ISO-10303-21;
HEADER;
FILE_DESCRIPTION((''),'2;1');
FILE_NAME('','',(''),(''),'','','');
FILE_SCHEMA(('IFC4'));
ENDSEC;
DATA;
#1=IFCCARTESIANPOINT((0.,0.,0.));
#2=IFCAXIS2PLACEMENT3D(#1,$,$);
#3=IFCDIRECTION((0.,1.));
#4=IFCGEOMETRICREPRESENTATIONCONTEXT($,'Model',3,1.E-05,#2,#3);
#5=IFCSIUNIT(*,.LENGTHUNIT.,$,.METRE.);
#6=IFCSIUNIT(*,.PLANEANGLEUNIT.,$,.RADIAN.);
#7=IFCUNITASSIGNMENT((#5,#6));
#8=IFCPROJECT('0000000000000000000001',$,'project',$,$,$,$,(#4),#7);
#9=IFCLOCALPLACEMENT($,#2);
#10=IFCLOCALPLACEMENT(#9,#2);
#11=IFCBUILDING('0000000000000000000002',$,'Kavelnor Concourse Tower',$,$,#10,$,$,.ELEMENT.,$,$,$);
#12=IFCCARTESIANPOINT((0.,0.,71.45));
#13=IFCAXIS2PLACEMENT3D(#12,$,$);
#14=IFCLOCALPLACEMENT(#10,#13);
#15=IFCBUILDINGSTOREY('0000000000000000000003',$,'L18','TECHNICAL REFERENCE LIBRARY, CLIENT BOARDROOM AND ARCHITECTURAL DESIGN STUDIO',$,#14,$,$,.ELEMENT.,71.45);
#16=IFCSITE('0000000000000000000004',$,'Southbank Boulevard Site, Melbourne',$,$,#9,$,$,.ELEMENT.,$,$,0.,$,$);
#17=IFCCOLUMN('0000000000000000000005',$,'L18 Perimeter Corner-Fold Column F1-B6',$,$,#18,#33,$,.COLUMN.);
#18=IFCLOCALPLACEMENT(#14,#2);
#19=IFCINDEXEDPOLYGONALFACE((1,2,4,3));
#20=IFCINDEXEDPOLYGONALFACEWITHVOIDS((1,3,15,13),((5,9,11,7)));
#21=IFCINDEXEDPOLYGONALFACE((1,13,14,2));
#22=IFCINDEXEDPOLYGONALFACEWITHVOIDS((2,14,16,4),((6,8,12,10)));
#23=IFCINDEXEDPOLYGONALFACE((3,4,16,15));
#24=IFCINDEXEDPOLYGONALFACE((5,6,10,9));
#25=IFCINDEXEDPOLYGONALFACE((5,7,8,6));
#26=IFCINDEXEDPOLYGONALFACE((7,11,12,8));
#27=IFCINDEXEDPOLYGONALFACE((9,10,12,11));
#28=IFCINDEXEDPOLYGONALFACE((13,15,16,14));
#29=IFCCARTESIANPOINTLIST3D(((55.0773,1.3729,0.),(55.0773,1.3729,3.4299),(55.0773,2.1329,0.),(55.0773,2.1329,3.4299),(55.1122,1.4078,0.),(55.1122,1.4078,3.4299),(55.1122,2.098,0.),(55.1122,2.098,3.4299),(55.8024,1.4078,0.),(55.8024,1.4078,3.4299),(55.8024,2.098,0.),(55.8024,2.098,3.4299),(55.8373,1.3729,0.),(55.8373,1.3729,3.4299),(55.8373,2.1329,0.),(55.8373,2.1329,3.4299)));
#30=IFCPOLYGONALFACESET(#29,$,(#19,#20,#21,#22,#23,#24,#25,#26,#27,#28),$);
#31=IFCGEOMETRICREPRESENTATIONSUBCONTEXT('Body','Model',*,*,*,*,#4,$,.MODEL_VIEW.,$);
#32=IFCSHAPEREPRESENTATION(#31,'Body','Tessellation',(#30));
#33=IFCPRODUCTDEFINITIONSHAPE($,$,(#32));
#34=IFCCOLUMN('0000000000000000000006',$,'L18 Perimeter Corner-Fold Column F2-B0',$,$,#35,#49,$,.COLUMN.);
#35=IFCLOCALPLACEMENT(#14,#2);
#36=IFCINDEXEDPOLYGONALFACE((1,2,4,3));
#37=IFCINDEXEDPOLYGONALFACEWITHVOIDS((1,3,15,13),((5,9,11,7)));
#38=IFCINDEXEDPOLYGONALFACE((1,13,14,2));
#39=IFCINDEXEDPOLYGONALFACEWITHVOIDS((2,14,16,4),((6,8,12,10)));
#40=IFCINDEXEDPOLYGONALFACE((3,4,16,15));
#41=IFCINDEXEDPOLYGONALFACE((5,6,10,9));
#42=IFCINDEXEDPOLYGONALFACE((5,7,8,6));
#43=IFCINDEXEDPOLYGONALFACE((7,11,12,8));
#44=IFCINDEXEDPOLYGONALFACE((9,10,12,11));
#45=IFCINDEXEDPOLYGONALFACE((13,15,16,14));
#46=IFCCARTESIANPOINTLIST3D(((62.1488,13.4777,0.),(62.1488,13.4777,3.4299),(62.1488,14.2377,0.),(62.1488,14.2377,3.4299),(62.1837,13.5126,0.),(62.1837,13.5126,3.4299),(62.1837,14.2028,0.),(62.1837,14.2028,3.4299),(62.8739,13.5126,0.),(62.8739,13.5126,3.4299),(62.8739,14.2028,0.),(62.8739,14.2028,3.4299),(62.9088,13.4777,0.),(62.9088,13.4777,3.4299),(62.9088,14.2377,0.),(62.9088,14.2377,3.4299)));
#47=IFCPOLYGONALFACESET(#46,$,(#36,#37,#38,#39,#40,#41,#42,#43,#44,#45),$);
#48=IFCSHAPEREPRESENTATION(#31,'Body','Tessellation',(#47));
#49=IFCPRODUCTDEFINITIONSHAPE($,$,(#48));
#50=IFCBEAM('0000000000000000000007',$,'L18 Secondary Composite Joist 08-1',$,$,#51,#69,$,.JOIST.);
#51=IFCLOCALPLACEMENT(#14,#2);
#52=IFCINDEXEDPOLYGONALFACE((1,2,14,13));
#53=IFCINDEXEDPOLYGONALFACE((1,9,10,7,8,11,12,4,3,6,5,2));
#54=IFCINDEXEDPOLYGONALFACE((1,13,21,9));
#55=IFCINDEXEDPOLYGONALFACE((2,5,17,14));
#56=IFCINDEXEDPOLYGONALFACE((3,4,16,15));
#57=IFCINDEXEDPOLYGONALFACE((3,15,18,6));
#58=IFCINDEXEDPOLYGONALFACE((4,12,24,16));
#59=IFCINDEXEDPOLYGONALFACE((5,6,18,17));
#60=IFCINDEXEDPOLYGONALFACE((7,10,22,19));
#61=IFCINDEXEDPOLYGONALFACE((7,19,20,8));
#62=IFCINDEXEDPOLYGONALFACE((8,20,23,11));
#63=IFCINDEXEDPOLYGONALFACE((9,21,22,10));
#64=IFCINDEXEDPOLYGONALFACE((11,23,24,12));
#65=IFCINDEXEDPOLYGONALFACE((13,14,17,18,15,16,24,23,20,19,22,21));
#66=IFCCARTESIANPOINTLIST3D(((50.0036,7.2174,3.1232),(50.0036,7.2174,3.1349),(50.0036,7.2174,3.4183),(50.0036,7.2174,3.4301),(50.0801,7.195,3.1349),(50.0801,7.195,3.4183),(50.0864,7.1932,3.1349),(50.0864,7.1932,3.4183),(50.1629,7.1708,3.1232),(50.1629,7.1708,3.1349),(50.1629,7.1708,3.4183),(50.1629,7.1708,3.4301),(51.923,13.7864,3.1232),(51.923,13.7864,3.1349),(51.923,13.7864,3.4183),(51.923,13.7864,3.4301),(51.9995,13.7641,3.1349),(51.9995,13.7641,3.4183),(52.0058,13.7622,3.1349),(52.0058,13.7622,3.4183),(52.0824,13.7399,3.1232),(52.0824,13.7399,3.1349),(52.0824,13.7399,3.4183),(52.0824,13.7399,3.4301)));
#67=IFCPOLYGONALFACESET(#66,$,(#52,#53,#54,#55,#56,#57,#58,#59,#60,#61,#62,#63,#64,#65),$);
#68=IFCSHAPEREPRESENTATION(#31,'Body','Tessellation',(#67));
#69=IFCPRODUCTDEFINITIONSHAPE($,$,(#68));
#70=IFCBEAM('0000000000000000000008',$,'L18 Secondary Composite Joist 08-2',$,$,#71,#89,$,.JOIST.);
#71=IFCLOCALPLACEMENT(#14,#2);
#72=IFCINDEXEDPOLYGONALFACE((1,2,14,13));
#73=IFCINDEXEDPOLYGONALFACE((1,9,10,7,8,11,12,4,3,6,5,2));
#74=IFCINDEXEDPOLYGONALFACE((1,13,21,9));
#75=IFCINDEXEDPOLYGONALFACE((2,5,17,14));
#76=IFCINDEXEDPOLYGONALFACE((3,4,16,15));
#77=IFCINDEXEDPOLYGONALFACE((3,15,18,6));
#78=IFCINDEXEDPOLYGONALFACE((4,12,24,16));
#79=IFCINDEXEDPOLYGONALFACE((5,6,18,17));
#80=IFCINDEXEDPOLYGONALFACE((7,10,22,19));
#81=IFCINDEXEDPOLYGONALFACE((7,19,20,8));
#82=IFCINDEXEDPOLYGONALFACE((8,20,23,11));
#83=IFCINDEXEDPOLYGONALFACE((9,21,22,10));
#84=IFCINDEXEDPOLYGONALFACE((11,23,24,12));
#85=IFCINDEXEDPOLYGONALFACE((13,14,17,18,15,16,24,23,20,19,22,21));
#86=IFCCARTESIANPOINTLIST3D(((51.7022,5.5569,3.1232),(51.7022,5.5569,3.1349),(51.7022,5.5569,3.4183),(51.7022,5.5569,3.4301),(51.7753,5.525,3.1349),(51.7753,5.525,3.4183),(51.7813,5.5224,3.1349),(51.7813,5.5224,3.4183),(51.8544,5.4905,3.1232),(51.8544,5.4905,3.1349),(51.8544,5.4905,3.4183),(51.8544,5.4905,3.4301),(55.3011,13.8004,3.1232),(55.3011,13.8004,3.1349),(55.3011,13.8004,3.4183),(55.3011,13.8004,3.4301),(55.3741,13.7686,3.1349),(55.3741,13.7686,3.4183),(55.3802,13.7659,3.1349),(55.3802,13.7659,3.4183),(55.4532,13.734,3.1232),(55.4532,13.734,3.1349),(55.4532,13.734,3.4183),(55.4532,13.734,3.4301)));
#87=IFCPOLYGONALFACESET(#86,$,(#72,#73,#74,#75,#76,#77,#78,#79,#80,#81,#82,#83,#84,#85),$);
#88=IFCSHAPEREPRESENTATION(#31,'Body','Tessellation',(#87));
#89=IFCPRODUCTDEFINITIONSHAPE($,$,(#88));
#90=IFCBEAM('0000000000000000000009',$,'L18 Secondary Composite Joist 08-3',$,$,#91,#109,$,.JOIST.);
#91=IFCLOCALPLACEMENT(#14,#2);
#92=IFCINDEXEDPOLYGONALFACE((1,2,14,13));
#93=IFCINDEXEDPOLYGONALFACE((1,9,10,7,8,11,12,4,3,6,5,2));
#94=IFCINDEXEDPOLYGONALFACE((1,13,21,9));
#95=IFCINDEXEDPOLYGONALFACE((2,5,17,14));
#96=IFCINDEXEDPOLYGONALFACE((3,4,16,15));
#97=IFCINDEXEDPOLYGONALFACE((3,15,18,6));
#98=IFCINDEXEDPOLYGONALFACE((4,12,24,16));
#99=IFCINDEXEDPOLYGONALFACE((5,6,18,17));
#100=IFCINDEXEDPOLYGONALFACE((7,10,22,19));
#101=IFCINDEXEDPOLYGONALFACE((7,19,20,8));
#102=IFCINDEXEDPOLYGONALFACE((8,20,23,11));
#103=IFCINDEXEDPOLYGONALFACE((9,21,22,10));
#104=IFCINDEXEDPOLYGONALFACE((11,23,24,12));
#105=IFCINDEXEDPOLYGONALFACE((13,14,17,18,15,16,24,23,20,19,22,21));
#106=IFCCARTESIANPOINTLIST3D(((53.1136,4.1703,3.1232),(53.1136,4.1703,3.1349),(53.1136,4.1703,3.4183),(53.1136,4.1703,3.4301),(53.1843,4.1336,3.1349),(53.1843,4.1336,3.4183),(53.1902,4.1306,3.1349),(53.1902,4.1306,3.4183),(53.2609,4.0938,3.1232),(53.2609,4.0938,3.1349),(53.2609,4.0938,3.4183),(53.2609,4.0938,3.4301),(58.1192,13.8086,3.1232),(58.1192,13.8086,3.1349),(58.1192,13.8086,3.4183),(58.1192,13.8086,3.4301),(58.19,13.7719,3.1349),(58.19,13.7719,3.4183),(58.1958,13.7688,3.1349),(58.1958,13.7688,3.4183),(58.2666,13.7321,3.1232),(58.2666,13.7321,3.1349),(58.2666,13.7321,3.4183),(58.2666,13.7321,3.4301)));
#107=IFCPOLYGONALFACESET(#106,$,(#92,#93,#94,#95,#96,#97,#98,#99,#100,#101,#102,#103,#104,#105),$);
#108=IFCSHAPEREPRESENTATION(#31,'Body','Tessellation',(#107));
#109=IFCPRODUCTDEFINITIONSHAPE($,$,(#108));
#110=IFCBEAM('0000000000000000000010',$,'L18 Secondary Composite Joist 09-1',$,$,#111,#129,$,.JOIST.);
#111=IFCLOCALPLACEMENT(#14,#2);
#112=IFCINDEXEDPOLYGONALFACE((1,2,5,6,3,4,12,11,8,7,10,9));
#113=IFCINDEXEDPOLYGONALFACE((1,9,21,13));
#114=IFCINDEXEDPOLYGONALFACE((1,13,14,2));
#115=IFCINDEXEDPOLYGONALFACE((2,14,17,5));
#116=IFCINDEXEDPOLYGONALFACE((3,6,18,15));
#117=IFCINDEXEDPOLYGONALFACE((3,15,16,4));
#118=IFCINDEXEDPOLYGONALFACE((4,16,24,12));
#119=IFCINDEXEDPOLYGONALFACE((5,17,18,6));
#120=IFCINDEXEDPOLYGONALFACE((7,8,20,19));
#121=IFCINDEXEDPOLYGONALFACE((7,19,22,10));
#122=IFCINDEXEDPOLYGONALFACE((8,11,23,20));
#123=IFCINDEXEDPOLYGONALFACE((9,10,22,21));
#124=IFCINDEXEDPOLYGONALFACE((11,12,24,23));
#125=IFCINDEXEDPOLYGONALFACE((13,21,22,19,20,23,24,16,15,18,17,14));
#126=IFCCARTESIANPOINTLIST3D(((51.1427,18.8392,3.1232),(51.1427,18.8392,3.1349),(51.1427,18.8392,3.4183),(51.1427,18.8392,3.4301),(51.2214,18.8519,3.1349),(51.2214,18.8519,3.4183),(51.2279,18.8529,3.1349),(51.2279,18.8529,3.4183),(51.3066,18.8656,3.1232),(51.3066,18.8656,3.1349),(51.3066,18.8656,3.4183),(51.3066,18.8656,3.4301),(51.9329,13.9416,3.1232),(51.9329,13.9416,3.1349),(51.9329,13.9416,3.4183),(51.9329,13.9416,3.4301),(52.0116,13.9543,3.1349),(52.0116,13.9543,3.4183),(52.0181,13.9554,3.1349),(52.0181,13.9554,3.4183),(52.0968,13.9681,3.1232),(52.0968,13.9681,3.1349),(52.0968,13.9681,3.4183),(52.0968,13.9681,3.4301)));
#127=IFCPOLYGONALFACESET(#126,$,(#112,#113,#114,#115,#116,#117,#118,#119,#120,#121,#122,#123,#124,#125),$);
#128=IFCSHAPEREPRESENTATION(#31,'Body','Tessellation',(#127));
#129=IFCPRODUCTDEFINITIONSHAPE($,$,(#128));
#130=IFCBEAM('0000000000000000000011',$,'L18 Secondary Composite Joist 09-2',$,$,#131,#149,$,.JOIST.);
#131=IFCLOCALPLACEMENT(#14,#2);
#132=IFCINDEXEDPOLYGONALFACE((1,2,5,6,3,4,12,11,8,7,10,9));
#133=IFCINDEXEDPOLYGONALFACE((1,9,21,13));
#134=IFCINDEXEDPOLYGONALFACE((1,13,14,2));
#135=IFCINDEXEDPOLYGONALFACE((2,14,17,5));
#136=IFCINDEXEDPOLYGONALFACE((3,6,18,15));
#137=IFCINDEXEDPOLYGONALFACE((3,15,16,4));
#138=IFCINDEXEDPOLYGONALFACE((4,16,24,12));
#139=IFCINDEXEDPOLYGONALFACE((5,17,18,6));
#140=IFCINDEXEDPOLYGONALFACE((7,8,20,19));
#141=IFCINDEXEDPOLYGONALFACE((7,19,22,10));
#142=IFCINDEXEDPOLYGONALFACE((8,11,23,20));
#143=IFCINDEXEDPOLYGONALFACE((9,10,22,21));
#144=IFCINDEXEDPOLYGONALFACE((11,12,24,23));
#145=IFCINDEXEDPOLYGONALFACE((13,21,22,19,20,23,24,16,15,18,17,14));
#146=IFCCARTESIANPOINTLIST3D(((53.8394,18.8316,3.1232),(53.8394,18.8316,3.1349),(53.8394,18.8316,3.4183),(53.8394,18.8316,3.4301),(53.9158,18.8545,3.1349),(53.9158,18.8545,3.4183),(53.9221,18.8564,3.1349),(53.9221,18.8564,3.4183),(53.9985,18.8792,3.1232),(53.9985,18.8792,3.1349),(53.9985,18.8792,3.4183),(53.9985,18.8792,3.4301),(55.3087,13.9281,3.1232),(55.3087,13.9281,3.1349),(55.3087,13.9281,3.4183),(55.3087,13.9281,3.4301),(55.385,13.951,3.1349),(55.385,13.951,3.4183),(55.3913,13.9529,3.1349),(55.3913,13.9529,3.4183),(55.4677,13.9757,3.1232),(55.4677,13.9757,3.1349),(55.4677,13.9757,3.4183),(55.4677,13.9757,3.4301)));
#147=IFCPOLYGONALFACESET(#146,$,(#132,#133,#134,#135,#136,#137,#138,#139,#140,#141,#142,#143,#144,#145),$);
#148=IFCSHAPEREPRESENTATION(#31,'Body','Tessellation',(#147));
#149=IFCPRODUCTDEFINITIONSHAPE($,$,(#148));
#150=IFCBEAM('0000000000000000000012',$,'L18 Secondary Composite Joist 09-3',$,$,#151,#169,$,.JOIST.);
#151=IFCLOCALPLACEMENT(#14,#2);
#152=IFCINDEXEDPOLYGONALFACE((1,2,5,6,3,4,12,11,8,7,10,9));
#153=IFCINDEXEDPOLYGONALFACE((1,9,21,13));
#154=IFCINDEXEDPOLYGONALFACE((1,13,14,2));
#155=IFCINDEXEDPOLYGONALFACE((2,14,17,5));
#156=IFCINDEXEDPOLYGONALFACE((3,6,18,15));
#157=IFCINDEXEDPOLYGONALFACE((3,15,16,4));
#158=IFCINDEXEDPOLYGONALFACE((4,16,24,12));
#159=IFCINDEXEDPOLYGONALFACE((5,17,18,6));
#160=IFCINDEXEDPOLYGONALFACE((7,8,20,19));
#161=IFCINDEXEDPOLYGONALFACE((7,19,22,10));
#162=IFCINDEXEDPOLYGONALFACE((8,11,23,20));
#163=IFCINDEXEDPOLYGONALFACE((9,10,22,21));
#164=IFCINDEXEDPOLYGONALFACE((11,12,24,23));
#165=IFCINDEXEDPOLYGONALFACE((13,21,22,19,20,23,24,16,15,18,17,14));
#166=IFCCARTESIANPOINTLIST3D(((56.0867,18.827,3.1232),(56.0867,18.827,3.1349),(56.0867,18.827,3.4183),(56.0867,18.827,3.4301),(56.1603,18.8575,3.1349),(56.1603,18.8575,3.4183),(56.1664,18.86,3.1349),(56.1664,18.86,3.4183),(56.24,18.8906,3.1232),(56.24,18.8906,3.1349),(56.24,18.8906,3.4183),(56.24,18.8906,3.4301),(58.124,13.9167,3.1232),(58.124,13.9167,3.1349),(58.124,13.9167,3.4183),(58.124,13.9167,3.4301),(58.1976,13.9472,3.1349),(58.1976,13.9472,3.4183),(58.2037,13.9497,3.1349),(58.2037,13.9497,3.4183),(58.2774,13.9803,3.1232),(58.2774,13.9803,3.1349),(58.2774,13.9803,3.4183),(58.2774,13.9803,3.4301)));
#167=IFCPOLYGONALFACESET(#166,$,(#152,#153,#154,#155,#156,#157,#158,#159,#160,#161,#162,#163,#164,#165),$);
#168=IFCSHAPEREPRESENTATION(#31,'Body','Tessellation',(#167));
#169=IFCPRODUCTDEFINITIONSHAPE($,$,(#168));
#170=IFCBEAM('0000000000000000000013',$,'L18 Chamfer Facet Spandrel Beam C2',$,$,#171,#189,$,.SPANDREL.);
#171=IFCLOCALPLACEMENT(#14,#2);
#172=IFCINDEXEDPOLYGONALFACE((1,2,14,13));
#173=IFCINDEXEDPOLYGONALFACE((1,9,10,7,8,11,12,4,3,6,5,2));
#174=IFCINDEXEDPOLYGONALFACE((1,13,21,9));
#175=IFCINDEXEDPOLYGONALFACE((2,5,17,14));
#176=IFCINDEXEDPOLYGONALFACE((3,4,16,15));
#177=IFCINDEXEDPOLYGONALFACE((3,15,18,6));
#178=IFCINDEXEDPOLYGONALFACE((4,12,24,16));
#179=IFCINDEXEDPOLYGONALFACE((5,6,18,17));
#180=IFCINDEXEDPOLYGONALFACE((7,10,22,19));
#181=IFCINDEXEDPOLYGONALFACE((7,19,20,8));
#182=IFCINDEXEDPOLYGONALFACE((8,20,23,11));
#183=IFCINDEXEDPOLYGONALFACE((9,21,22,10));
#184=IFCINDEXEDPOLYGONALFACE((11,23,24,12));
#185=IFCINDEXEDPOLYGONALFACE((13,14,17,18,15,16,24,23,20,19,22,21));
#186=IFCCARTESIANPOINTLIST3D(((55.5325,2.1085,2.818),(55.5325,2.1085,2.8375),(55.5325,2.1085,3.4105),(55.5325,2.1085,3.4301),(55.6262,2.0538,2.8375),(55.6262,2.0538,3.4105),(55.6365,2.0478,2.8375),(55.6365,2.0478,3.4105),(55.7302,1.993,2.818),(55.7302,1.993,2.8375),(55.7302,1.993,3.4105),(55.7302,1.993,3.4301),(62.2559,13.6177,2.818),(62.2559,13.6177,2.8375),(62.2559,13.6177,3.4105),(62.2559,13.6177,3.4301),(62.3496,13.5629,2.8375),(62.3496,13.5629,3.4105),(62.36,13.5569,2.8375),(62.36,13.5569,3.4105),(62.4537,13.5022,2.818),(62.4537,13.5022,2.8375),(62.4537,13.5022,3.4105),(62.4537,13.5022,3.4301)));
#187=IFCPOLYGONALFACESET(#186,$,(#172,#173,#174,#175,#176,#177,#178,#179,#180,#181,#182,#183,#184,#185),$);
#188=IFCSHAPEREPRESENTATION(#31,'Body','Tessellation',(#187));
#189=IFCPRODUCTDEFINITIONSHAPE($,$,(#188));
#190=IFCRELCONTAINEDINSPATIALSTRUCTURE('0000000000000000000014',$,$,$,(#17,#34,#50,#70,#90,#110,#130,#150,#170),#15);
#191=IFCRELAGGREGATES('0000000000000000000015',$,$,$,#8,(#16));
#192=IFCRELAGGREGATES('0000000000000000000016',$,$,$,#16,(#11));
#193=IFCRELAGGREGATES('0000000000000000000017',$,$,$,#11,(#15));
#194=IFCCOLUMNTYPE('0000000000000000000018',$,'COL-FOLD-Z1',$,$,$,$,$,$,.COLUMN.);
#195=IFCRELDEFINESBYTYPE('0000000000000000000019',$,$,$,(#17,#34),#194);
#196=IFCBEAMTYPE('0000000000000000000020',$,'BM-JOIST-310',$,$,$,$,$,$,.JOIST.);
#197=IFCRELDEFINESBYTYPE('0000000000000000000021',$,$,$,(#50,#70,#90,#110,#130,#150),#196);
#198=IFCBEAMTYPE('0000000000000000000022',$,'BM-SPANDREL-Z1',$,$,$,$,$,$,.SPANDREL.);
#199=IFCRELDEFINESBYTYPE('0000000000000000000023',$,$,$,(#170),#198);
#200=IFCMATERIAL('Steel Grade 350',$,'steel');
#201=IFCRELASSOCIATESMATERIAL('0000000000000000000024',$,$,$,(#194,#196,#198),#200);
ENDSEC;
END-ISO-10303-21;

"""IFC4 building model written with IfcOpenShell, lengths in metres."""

from ifc_helpers import new_model, si_unit, direction, frame, origin, origin_2d, place, context, subcontext, project, spatial, hollow_rectangle, i_section, extrude, material, material_profile, profile_set, type_object, element, save


model = new_model("IFC4")

# Units and contexts
model_context = context("Model", 3, precision=1e-05, world=origin(), true_north=direction((0.0, 1.0)))
body_context = subcontext(model_context, "Body", "Model", "MODEL_VIEW")
ifc_project = project(units=[si_unit("LENGTHUNIT", "METRE"), si_unit("PLANEANGLEUNIT", "RADIAN")], contexts=[model_context])

# Site, building, storey
site_placement = place(None, origin())
site = spatial("IfcSite", under=ifc_project, at=site_placement, Name="Southbank Boulevard Site, Melbourne", CompositionType="ELEMENT", RefElevation=0.0)
building_placement = place(site_placement, origin())
building = spatial("IfcBuilding", under=site, at=building_placement, Name="Kavelnor Concourse Tower", CompositionType="ELEMENT")
storey_placement = place(building_placement, frame((0.0, 0.0, 71.45)))
storey = spatial("IfcBuildingStorey", under=building, at=storey_placement, Name="L18", Description="TECHNICAL REFERENCE LIBRARY, CLIENT BOARDROOM AND ARCHITECTURAL DESIGN STUDIO", CompositionType="ELEMENT", Elevation=71.45)

# Columns
ifc_material_1 = material(Name="Steel Grade 350", Category="steel")
ifc_material_profile_1 = material_profile(ifc_material_1, hollow_rectangle(XDim=0.76, YDim=0.76, WallThickness=0.0349, at=origin_2d()), Name="SHS 760x760x35")
ifc_profile_set_1 = profile_set([ifc_material_profile_1], Name="Steel Grade 350")
column_type = type_object("IfcColumnType", Name="COL-FOLD-Z1", PredefinedType="COLUMN", material=ifc_profile_set_1)
for number, where, z_axis, x_axis, name in (
    (1, (55.4573, 1.7529, 0.0), (0.0, 0.0, 1.0), (1.0, 0.0, 0.0), "L18 Perimeter Corner-Fold Column F1-B6"),
    (2, (62.5288, 13.8577, 0.0), (0.0, 0.0, 1.0), (1.0, 0.0, 0.0), "L18 Perimeter Corner-Fold Column F2-B0"),
):
    element("IfcColumn", number, at=place(storey_placement, frame(where, z_axis=z_axis, x_axis=x_axis)), inside=storey, type_object=column_type, Name=name, PredefinedType="COLUMN", context=body_context, shape_type="SweptSolid", body=[
        extrude(hollow_rectangle(XDim=0.76, YDim=0.76, WallThickness=0.0349, at=origin_2d()), origin(), (0.0, 0.0, 1.0), 3.4299),
    ])

# Beams
ifc_material_profile_2 = material_profile(ifc_material_1, i_section(OverallWidth=0.166, OverallDepth=0.3069, WebThickness=0.0066, FlangeThickness=0.0117, at=origin_2d()), Name="310UB46")
ifc_profile_set_2 = profile_set([ifc_material_profile_2], Name="Steel Grade 350")
beam_type_1 = type_object("IfcBeamType", Name="BM-JOIST-310", PredefinedType="JOIST", material=ifc_profile_set_2)
beam_1_placement = place(storey_placement, frame((50.0833, 7.1941, 3.2766), z_axis=(0.280464, 0.959864, 0.0), x_axis=(-0.959864, 0.280464, 0.0)))
element("IfcBeam", 3, at=beam_1_placement, inside=storey, type_object=beam_type_1, Name="L18 Secondary Composite Joist 08-1", PredefinedType="JOIST", context=body_context, shape_type="SweptSolid", body=[
    extrude(i_section(OverallWidth=0.166, OverallDepth=0.3069, WebThickness=0.0066, FlangeThickness=0.0117, at=origin_2d()), origin(), (0.0, 0.0, 1.0), 6.8438),
])
beam_2_placement = place(storey_placement, frame((51.7783, 5.5237, 3.2766), z_axis=(0.400098, 0.916472, 0.0), x_axis=(-0.916472, 0.400098, 0.0)))
element("IfcBeam", 4, at=beam_2_placement, inside=storey, type_object=beam_type_1, Name="L18 Secondary Composite Joist 08-2", PredefinedType="JOIST", context=body_context, shape_type="SweptSolid", body=[
    extrude(i_section(OverallWidth=0.166, OverallDepth=0.3069, WebThickness=0.0066, FlangeThickness=0.0117, at=origin_2d()), origin(), (0.0, 0.0, 1.0), 8.9949),
])
beam_3_placement = place(storey_placement, frame((53.1873, 4.1321, 3.2766), z_axis=(0.4609, 0.887452, 0.0), x_axis=(-0.887452, 0.4609, 0.0)))
element("IfcBeam", 5, at=beam_3_placement, inside=storey, type_object=beam_type_1, Name="L18 Secondary Composite Joist 08-3", PredefinedType="JOIST", context=body_context, shape_type="SweptSolid", body=[
    extrude(i_section(OverallWidth=0.166, OverallDepth=0.3069, WebThickness=0.0066, FlangeThickness=0.0117, at=origin_2d()), origin(), (0.0, 0.0, 1.0), 10.8606),
])
beam_4_placement = place(storey_placement, frame((52.0149, 13.9548, 3.2766), z_axis=(-0.159297, 0.987231, 0.0), x_axis=(-0.987231, -0.159297, 0.0)))
element("IfcBeam", 6, at=beam_4_placement, inside=storey, type_object=beam_type_1, Name="L18 Secondary Composite Joist 09-1", PredefinedType="JOIST", context=body_context, shape_type="SweptSolid", body=[
    extrude(i_section(OverallWidth=0.166, OverallDepth=0.3069, WebThickness=0.0066, FlangeThickness=0.0117, at=origin_2d()), origin(), (0.0, 0.0, 1.0), 4.9609),
])
beam_5_placement = place(storey_placement, frame((55.3882, 13.9519, 3.2766), z_axis=(-0.28702, 0.957925, 0.0), x_axis=(-0.957925, -0.28702, 0.0)))
element("IfcBeam", 7, at=beam_5_placement, inside=storey, type_object=beam_type_1, Name="L18 Secondary Composite Joist 09-2", PredefinedType="JOIST", context=body_context, shape_type="SweptSolid", body=[
    extrude(i_section(OverallWidth=0.166, OverallDepth=0.3069, WebThickness=0.0066, FlangeThickness=0.0117, at=origin_2d()), origin(), (0.0, 0.0, 1.0), 5.1189),
])
beam_6_placement = place(storey_placement, frame((58.2007, 13.9485, 3.2766), z_axis=(-0.383229, 0.923653, 0.0), x_axis=(-0.923653, -0.383229, 0.0)))
element("IfcBeam", 8, at=beam_6_placement, inside=storey, type_object=beam_type_1, Name="L18 Secondary Composite Joist 09-3", PredefinedType="JOIST", context=body_context, shape_type="SweptSolid", body=[
    extrude(i_section(OverallWidth=0.166, OverallDepth=0.3069, WebThickness=0.0066, FlangeThickness=0.0117, at=origin_2d()), origin(), (0.0, 0.0, 1.0), 5.3162),
])
ifc_material_profile_3 = material_profile(ifc_material_1, i_section(OverallWidth=0.229, OverallDepth=0.6121, WebThickness=0.012, FlangeThickness=0.0195, at=origin_2d()), Name="610UB125")
ifc_profile_set_3 = profile_set([ifc_material_profile_3], Name="Steel Grade 350")
beam_type_2 = type_object("IfcBeamType", Name="BM-SPANDREL-Z1", PredefinedType="SPANDREL", material=ifc_profile_set_3)
beam_7_placement = place(storey_placement, frame((55.6313, 2.0508, 3.124), z_axis=(0.504419, 0.863459, 0.0), x_axis=(-0.863459, 0.504419, 0.0)))
element("IfcBeam", 9, at=beam_7_placement, inside=storey, type_object=beam_type_2, Name="L18 Chamfer Facet Spandrel Beam C2", PredefinedType="SPANDREL", context=body_context, shape_type="SweptSolid", body=[
    extrude(i_section(OverallWidth=0.229, OverallDepth=0.6121, WebThickness=0.012, FlangeThickness=0.0195, at=origin_2d()), origin(), (0.0, 0.0, 1.0), 13.3291),
])

save(model, "model.ifc")
